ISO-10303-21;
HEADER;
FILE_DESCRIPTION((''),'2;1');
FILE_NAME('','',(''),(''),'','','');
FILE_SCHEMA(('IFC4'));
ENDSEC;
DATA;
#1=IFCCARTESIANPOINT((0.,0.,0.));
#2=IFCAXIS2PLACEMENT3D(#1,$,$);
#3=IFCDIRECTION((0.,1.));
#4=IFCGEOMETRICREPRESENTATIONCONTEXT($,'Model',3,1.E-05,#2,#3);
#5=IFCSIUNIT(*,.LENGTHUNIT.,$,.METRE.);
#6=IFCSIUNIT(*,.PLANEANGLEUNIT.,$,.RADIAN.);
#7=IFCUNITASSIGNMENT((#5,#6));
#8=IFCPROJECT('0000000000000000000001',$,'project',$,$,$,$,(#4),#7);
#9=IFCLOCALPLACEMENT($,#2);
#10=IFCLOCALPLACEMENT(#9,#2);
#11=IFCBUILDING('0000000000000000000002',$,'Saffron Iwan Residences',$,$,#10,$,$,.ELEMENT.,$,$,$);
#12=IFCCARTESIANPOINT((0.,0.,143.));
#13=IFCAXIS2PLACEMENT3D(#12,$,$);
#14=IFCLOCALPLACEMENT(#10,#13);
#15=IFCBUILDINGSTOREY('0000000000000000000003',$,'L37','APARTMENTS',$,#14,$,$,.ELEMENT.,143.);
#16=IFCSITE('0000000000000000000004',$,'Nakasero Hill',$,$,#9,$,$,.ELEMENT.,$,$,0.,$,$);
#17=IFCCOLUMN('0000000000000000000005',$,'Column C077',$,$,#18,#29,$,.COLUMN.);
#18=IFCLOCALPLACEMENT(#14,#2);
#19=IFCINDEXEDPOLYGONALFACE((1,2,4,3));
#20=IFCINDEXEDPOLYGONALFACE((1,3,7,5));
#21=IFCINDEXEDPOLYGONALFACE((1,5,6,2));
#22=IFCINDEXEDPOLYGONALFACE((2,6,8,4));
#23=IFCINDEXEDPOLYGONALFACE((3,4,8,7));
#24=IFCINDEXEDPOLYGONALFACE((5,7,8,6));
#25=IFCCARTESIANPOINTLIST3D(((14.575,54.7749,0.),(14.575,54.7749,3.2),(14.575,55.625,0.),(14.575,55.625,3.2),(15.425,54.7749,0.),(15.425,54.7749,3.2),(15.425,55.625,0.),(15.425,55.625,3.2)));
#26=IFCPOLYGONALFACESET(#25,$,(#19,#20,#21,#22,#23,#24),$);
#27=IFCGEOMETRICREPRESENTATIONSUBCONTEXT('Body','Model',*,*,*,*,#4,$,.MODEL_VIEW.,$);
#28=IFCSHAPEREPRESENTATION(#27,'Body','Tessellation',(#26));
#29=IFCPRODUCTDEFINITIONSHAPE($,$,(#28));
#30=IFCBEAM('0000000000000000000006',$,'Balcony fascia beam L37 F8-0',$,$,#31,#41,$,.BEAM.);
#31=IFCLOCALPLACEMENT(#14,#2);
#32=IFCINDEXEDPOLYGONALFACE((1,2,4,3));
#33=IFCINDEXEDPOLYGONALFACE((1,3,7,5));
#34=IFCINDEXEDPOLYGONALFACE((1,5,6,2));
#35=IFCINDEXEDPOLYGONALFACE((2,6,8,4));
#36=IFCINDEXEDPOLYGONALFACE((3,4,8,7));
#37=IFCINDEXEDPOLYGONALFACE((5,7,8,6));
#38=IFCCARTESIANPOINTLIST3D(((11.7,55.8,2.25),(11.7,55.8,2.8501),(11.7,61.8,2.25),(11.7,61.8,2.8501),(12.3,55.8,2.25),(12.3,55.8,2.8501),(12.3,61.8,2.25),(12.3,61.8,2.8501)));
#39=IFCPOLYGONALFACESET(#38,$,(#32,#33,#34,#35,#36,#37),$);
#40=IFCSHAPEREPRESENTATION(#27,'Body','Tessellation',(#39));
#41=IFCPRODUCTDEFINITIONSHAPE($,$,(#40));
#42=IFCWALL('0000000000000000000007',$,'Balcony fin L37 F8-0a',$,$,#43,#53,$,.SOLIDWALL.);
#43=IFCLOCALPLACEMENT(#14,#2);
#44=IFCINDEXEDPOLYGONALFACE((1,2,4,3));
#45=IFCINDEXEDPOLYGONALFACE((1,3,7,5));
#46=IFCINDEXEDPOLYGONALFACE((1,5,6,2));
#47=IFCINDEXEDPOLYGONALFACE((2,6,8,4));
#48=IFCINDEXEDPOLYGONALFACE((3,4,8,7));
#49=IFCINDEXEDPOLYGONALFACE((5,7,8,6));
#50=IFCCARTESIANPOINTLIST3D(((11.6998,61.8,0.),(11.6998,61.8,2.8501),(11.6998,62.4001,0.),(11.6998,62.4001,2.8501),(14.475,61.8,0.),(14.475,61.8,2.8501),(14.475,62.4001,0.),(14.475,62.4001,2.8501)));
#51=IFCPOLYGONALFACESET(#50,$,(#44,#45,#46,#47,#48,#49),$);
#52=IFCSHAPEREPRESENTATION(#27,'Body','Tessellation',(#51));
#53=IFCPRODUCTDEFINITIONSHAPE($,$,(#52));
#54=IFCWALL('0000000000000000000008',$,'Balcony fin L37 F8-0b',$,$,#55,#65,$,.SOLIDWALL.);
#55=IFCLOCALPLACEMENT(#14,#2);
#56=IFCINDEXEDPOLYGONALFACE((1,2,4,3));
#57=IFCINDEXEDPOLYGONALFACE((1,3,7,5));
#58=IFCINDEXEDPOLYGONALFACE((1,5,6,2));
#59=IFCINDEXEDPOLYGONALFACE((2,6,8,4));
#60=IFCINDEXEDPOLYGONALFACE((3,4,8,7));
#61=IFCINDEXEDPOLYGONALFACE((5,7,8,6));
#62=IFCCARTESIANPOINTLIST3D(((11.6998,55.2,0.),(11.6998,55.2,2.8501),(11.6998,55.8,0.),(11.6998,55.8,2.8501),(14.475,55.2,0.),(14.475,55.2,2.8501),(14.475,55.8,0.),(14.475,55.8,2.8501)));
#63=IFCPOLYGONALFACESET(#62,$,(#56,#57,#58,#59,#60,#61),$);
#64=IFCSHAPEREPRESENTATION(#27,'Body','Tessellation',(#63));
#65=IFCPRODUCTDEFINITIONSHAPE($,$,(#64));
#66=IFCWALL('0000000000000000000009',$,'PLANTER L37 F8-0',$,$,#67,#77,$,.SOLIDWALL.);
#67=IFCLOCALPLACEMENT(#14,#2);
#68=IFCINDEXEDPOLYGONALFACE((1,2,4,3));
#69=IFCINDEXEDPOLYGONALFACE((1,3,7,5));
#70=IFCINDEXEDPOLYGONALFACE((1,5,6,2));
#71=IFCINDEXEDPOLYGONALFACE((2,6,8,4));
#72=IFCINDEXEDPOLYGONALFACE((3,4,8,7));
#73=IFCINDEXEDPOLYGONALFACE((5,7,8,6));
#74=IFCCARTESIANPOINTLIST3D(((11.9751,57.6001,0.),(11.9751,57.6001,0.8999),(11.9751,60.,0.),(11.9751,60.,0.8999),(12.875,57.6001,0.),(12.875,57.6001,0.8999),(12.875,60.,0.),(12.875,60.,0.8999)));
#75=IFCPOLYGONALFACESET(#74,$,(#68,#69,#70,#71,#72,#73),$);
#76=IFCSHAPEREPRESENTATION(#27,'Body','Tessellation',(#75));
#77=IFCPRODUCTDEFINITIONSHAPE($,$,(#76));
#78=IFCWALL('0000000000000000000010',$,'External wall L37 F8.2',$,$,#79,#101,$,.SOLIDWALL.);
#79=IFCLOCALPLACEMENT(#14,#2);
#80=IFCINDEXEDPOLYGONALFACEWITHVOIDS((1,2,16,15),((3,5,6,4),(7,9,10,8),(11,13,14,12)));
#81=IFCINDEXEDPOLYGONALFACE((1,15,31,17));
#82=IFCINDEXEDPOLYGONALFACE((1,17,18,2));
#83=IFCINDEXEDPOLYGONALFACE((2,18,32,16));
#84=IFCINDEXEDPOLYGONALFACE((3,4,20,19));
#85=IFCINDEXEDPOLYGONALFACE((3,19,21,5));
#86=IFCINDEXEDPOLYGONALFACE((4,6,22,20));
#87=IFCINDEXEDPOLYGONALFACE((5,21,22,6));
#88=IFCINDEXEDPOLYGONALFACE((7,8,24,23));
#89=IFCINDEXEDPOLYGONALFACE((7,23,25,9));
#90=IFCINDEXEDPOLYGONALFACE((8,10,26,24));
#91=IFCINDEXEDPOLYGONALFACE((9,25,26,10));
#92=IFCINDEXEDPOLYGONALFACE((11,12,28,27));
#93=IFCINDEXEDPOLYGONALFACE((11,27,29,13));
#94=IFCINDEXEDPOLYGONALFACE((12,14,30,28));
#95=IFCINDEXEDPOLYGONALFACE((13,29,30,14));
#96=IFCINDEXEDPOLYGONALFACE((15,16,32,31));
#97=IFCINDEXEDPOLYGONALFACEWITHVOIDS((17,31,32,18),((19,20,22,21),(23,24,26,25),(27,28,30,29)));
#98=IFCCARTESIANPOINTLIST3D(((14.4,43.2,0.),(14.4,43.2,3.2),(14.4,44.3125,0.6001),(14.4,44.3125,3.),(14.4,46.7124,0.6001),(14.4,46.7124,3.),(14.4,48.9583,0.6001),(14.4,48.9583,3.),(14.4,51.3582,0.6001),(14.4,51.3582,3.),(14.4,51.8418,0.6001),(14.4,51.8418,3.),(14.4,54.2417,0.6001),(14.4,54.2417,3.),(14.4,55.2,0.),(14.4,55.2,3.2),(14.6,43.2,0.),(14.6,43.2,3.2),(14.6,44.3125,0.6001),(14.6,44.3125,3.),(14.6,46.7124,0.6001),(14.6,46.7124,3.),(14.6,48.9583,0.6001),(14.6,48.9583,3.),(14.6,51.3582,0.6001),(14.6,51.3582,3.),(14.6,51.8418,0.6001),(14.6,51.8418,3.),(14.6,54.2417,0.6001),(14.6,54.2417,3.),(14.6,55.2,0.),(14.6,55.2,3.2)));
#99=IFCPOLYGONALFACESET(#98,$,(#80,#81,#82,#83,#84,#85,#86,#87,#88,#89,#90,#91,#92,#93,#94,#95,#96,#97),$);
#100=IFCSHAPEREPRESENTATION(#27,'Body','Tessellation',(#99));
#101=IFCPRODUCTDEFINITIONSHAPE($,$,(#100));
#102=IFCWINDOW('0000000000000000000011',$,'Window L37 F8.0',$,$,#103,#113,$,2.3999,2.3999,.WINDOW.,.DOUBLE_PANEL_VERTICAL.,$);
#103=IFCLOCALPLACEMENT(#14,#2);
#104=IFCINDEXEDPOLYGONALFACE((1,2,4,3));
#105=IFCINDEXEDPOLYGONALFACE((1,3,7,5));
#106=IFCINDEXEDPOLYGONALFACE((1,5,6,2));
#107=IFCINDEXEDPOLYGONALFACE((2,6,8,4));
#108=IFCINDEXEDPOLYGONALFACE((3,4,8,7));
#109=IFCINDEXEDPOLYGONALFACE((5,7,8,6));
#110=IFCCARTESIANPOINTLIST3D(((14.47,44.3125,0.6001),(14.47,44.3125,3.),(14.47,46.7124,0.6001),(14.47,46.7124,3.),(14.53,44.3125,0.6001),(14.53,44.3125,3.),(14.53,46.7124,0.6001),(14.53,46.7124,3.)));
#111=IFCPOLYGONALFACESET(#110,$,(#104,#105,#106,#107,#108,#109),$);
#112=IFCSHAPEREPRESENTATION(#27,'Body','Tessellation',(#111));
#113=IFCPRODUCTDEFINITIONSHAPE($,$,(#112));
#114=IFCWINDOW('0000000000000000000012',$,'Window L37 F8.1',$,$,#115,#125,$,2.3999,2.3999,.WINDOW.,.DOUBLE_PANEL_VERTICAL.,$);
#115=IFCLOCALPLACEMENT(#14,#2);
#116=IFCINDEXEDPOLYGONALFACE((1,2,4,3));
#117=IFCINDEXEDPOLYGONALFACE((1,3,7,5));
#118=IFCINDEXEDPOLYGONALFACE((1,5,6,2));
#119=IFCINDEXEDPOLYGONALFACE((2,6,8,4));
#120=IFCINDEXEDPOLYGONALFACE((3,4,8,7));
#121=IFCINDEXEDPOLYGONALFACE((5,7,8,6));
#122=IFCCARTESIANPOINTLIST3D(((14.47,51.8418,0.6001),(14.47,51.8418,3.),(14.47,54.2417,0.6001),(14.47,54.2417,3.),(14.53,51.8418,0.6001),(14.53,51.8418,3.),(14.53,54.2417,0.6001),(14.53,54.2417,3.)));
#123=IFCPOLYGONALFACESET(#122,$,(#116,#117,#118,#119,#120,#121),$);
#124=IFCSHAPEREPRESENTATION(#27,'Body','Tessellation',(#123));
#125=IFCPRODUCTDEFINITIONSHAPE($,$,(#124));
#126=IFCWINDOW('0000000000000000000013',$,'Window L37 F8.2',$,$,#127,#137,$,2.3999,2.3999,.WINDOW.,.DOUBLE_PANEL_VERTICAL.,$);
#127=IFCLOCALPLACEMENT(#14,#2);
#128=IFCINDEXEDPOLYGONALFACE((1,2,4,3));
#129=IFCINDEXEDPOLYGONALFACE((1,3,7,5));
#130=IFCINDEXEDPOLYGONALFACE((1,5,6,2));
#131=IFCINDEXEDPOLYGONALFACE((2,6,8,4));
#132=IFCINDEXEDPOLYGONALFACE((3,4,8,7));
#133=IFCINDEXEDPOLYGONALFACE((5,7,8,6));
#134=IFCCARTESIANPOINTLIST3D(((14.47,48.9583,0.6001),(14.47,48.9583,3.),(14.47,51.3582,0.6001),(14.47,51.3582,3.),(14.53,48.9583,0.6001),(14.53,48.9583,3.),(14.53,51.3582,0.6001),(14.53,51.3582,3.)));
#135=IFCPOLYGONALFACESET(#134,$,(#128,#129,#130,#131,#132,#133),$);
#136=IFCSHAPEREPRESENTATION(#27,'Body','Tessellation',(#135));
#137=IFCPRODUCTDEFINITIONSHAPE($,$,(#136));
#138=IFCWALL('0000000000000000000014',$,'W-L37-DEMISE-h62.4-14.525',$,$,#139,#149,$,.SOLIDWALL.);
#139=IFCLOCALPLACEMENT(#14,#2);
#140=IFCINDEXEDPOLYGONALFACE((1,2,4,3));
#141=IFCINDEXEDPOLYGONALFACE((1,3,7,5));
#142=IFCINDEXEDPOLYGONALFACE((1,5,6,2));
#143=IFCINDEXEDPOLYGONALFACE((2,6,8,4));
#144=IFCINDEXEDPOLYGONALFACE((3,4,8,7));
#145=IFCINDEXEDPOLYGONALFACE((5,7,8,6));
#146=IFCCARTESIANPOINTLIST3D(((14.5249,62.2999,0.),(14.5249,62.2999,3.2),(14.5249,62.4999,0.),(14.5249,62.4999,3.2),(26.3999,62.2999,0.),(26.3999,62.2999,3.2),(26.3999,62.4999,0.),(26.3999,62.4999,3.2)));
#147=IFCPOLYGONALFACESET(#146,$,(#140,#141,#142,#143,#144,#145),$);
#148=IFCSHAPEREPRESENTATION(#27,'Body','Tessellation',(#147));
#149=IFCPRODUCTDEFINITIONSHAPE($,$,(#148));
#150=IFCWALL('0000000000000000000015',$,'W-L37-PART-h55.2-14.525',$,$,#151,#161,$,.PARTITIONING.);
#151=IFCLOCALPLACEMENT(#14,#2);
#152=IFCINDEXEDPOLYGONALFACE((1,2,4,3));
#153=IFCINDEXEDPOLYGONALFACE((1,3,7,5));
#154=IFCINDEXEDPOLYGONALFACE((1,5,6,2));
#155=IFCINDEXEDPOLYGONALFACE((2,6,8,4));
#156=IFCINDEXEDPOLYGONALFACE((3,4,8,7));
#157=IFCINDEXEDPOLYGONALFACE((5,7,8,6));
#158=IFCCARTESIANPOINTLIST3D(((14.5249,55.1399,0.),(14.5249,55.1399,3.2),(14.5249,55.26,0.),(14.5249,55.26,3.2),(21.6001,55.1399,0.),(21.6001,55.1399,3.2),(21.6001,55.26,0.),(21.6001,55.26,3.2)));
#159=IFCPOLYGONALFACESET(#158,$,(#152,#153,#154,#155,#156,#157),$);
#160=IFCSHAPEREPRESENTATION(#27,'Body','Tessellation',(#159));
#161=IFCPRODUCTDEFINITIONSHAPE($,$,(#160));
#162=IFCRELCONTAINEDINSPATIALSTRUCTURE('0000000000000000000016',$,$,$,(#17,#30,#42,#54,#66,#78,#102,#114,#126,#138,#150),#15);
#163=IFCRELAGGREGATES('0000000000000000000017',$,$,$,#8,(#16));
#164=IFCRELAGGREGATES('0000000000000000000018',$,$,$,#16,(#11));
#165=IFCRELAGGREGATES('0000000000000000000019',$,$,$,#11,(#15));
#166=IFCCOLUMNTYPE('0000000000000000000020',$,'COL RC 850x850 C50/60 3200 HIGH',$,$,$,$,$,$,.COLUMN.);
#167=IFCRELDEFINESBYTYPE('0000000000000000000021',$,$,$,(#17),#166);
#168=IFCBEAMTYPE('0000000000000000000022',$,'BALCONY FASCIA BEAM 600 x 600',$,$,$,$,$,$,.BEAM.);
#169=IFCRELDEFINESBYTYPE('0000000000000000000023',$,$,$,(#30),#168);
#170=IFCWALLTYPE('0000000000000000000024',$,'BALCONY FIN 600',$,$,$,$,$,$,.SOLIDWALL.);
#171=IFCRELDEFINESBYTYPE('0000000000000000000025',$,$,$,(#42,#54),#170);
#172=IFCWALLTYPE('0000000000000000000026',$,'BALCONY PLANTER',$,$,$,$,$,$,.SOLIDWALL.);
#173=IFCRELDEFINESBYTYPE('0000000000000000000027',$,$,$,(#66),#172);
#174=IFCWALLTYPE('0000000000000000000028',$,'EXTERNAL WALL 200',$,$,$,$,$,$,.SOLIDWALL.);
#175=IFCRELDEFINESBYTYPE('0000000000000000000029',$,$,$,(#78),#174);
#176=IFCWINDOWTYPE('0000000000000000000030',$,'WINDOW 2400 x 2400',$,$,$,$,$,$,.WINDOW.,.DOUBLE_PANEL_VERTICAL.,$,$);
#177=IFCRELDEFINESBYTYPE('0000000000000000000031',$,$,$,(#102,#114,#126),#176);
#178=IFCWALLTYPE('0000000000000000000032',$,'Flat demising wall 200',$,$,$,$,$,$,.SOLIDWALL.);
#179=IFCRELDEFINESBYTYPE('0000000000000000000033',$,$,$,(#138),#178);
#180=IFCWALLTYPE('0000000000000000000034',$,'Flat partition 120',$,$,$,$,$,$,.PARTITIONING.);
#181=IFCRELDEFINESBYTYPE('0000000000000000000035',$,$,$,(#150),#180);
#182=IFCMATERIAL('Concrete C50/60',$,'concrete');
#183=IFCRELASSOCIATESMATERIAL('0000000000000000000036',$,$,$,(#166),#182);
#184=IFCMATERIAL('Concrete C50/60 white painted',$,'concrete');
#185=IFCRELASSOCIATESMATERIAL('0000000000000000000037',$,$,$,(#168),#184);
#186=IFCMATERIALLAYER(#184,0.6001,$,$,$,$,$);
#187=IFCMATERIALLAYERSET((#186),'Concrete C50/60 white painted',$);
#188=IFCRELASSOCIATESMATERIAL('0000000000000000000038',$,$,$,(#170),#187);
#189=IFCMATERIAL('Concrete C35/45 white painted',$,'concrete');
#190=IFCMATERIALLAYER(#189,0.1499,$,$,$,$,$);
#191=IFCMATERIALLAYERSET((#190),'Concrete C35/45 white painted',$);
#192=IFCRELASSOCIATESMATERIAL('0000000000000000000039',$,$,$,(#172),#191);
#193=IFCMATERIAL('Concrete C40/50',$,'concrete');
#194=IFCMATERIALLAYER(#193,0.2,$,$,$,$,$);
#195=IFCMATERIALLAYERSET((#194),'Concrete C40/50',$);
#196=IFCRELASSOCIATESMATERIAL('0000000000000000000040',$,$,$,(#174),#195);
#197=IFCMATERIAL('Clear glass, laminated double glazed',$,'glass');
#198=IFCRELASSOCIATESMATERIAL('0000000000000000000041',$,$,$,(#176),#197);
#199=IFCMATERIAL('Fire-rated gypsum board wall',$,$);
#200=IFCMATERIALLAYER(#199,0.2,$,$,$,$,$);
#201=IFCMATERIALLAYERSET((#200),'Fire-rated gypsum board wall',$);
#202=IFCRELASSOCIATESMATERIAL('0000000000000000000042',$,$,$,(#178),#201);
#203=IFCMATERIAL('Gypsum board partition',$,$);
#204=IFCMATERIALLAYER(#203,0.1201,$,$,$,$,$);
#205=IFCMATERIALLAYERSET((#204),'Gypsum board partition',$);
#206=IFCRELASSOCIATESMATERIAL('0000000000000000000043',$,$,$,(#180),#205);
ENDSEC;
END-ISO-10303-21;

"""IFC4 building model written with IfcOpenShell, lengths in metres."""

from ifc_helpers import new_model, si_unit, direction, frame, frame_2d, origin, origin_2d, place, context, subcontext, project, spatial, rectangle, extrude, source, transform, mapped, material, layer, layer_set, material_profile, profile_set, type_object, element, fill, save


model = new_model("IFC4")

# Units and contexts
model_context = context("Model", 3, precision=1e-05, world=origin(), true_north=direction((0.0, 1.0)))
body_context = subcontext(model_context, "Body", "Model", "MODEL_VIEW")
ifc_project = project(units=[si_unit("LENGTHUNIT", "METRE"), si_unit("PLANEANGLEUNIT", "RADIAN")], contexts=[model_context])

# Site, building, storey
site_placement = place(None, origin())
site = spatial("IfcSite", under=ifc_project, at=site_placement, Name="Nakasero Hill", CompositionType="ELEMENT", RefElevation=0.0)
building_placement = place(site_placement, origin())
building = spatial("IfcBuilding", under=site, at=building_placement, Name="Saffron Iwan Residences", CompositionType="ELEMENT")
storey_placement = place(building_placement, frame((0.0, 0.0, 143.0)))
storey = spatial("IfcBuildingStorey", under=building, at=storey_placement, Name="L37", Description="APARTMENTS", CompositionType="ELEMENT", Elevation=143.0)

# Column
ifc_material_1 = material(Name="Concrete C50/60", Category="concrete")
ifc_material_profile_1 = material_profile(ifc_material_1, rectangle(XDim=0.8501, YDim=0.8501, at=origin_2d()), Name="RC 850x850")
ifc_profile_set_1 = profile_set([ifc_material_profile_1], Name="Concrete C50/60")
column_type = type_object("IfcColumnType", Name="COL RC 850x850 C50/60 3200 HIGH", PredefinedType="COLUMN", material=ifc_profile_set_1)
shared_shape_1 = source(origin(), body_context, "Body", "SweptSolid", [
    extrude(rectangle(XDim=0.8501, YDim=0.8501, at=origin_2d()), origin(), (0.0, 0.0, 1.0), 3.2),
])
column_placement = place(storey_placement, frame((15.0, 55.2, 0.0), z_axis=(0.0, 0.0, 1.0), x_axis=(1.0, 0.0, 0.0)))
element("IfcColumn", 1, at=column_placement, inside=storey, type_object=column_type, Name="Column C077", PredefinedType="COLUMN", context=body_context, shape_type="MappedRepresentation", body=[
    mapped(shared_shape_1, transform((0.0, 0.0, 0.0))),
])

# Beam
ifc_material_2 = material(Name="Concrete C50/60 white painted", Category="concrete")
ifc_material_profile_2 = material_profile(ifc_material_2, rectangle(XDim=0.6001, YDim=0.6001, at=origin_2d()), Name="BALCONY FASCIA BEAM 600 x 600")
ifc_profile_set_2 = profile_set([ifc_material_profile_2], Name="Concrete C50/60 white painted")
beam_type = type_object("IfcBeamType", Name="BALCONY FASCIA BEAM 600 x 600", PredefinedType="BEAM", material=ifc_profile_set_2)
shared_shape_2 = source(origin(), body_context, "Body", "SweptSolid", [
    extrude(rectangle(XDim=0.6001, YDim=0.6001, at=origin_2d()), origin(), (0.0, 0.0, 1.0), 6.0),
])
beam_placement = place(storey_placement, frame((12.0, 61.8, 2.55), z_axis=(0.0, -1.0, 0.0), x_axis=(1.0, 0.0, 0.0)))
element("IfcBeam", 2, at=beam_placement, inside=storey, type_object=beam_type, Name="Balcony fascia beam L37 F8-0", PredefinedType="BEAM", context=body_context, shape_type="MappedRepresentation", body=[
    mapped(shared_shape_2, transform((0.0, 0.0, 0.0))),
])

# Walls
ifc_layer_1 = layer(ifc_material_2, 0.6001)
ifc_layer_set_1 = layer_set([ifc_layer_1], Name="Concrete C50/60 white painted")
wall_type_1 = type_object("IfcWallType", Name="BALCONY FIN 600", PredefinedType="SOLIDWALL", material=ifc_layer_set_1)
for number, where, z_axis, x_axis, name in (
    (3, (14.4751, 62.1001, 0.0), (0.0, 0.0, 1.0), (-1.0, 0.0, 0.0), "Balcony fin L37 F8-0a"),
    (4, (14.4751, 55.5, 0.0), (0.0, 0.0, 1.0), (-1.0, 0.0, 0.0), "Balcony fin L37 F8-0b"),
):
    element("IfcWall", number, at=place(storey_placement, frame(where, z_axis=z_axis, x_axis=x_axis)), inside=storey, type_object=wall_type_1, Name=name, PredefinedType="SOLIDWALL", context=body_context, shape_type="SweptSolid", body=[
        extrude(rectangle(XDim=2.7751, YDim=0.6001, at=frame_2d((1.3877, 0.0))), origin(), (0.0, 0.0, 1.0), 2.8501),
    ])
ifc_material_3 = material(Name="Concrete C35/45 white painted", Category="concrete")
ifc_layer_2 = layer(ifc_material_3, 0.1499)
ifc_layer_set_2 = layer_set([ifc_layer_2], Name="Concrete C35/45 white painted")
wall_type_2 = type_object("IfcWallType", Name="BALCONY PLANTER", PredefinedType="SOLIDWALL", material=ifc_layer_set_2)
wall_1_placement = place(storey_placement, frame((12.425, 60.0, 0.0), z_axis=(0.0, 0.0, 1.0), x_axis=(0.0, -1.0, 0.0)))
element("IfcWall", 5, at=wall_1_placement, inside=storey, type_object=wall_type_2, Name="PLANTER L37 F8-0", PredefinedType="SOLIDWALL", context=body_context, shape_type="SweptSolid", body=[
    extrude(rectangle(XDim=2.3999, YDim=0.8999, at=frame_2d((1.2, 0.0))), origin(), (0.0, 0.0, 1.0), 0.8999),
])

# Shared definitions
ifc_material_4 = material(Name="Concrete C40/50", Category="concrete")
ifc_layer_3 = layer(ifc_material_4, 0.2)
ifc_layer_set_3 = layer_set([ifc_layer_3], Name="Concrete C40/50")
wall_type_3 = type_object("IfcWallType", Name="EXTERNAL WALL 200", PredefinedType="SOLIDWALL", material=ifc_layer_set_3)
ifc_material_5 = material(Name="Clear glass, laminated double glazed", Category="glass")

# Wall, openings, windows
wall_2_placement = place(storey_placement, frame((14.5, 55.2, 0.0), z_axis=(0.0, 0.0, 1.0), x_axis=(0.0, -1.0, 0.0)))
wall_2 = element("IfcWall", 6, at=wall_2_placement, inside=storey, type_object=wall_type_3, Name="External wall L37 F8.2", PredefinedType="SOLIDWALL", context=body_context, shape_type="SweptSolid", body=[
    extrude(rectangle(XDim=12.0, YDim=0.2, at=frame_2d((6.0, 0.0))), origin(), (0.0, 0.0, 1.0), 3.2),
])
opening_1_placement = place(wall_2_placement, frame((8.4875, 0.0, 0.6001)))
opening_1 = element("IfcOpeningElement", 7, at=opening_1_placement, cuts=wall_2, PredefinedType="OPENING", context=body_context, shape_type="SweptSolid", body=[
    extrude(rectangle(XDim=2.3999, YDim=2.3999, at=frame_2d((1.2, 1.2))), frame((0.0, 0.1099, 0.0), z_axis=(0.0, -1.0, 0.0), x_axis=(1.0, 0.0, 0.0)), (0.0, 0.0, 1.0), 0.22),
])
opening_2_placement = place(wall_2_placement, frame((0.9583, 0.0, 0.6001)))
opening_2 = element("IfcOpeningElement", 8, at=opening_2_placement, cuts=wall_2, PredefinedType="OPENING", context=body_context, shape_type="SweptSolid", body=[
    extrude(rectangle(XDim=2.3999, YDim=2.3999, at=frame_2d((1.2, 1.2))), frame((0.0, 0.1099, 0.0), z_axis=(0.0, -1.0, 0.0), x_axis=(1.0, 0.0, 0.0)), (0.0, 0.0, 1.0), 0.22),
])
opening_3_placement = place(wall_2_placement, frame((3.8418, 0.0, 0.6001)))
opening_3 = element("IfcOpeningElement", 9, at=opening_3_placement, cuts=wall_2, PredefinedType="OPENING", context=body_context, shape_type="SweptSolid", body=[
    extrude(rectangle(XDim=2.3999, YDim=2.3999, at=frame_2d((1.2, 1.2))), frame((0.0, 0.1099, 0.0), z_axis=(0.0, -1.0, 0.0), x_axis=(1.0, 0.0, 0.0)), (0.0, 0.0, 1.0), 0.22),
])
window_type_1 = type_object("IfcWindowType", Name="WINDOW 2400 x 2400", PartitioningType="DOUBLE_PANEL_VERTICAL", PredefinedType="WINDOW", material=ifc_material_5)
window_1_placement = place(opening_1_placement, origin())
window_1 = element("IfcWindow", 10, at=window_1_placement, inside=storey, type_object=window_type_1, Name="Window L37 F8.0", OverallHeight=2.3999, OverallWidth=2.3999, PartitioningType="DOUBLE_PANEL_VERTICAL", PredefinedType="WINDOW", context=body_context, shape_type="SweptSolid", body=[
    extrude(rectangle(XDim=2.3999, YDim=2.3999, at=frame_2d((1.2, 1.2))), frame((0.0, 0.03, 0.0), z_axis=(0.0, -1.0, 0.0), x_axis=(1.0, 0.0, 0.0)), (0.0, 0.0, 1.0), 0.0601),
])
fill(opening_1, window_1)
window_2_placement = place(opening_2_placement, origin())
window_2 = element("IfcWindow", 11, at=window_2_placement, inside=storey, type_object=window_type_1, Name="Window L37 F8.1", OverallHeight=2.3999, OverallWidth=2.3999, PartitioningType="DOUBLE_PANEL_VERTICAL", PredefinedType="WINDOW", context=body_context, shape_type="SweptSolid", body=[
    extrude(rectangle(XDim=2.3999, YDim=2.3999, at=frame_2d((1.2, 1.2))), frame((0.0, 0.03, 0.0), z_axis=(0.0, -1.0, 0.0), x_axis=(1.0, 0.0, 0.0)), (0.0, 0.0, 1.0), 0.0601),
])
fill(opening_2, window_2)
window_3_placement = place(opening_3_placement, origin())
window_3 = element("IfcWindow", 12, at=window_3_placement, inside=storey, type_object=window_type_1, Name="Window L37 F8.2", OverallHeight=2.3999, OverallWidth=2.3999, PartitioningType="DOUBLE_PANEL_VERTICAL", PredefinedType="WINDOW", context=body_context, shape_type="SweptSolid", body=[
    extrude(rectangle(XDim=2.3999, YDim=2.3999, at=frame_2d((1.2, 1.2))), frame((0.0, 0.03, 0.0), z_axis=(0.0, -1.0, 0.0), x_axis=(1.0, 0.0, 0.0)), (0.0, 0.0, 1.0), 0.0601),
])
fill(opening_3, window_3)

# Walls
ifc_material_6 = material(Name="Fire-rated gypsum board wall")
ifc_layer_4 = layer(ifc_material_6, 0.2)
ifc_layer_set_4 = layer_set([ifc_layer_4], Name="Fire-rated gypsum board wall")
wall_type_4 = type_object("IfcWallType", Name="Flat demising wall 200", PredefinedType="SOLIDWALL", material=ifc_layer_set_4)
wall_3_placement = place(storey_placement, frame((14.5249, 62.3999, 0.0), z_axis=(0.0, 0.0, 1.0), x_axis=(1.0, 0.0, 0.0)))
element("IfcWall", 13, at=wall_3_placement, inside=storey, type_object=wall_type_4, Name="W-L37-DEMISE-h62.4-14.525", PredefinedType="SOLIDWALL", context=body_context, shape_type="SweptSolid", body=[
    extrude(rectangle(XDim=11.875, YDim=0.2, at=frame_2d((5.9375, 0.0))), origin(), (0.0, 0.0, 1.0), 3.2),
])
ifc_material_7 = material(Name="Gypsum board partition")
ifc_layer_5 = layer(ifc_material_7, 0.1201)
ifc_layer_set_5 = layer_set([ifc_layer_5], Name="Gypsum board partition")
wall_type_5 = type_object("IfcWallType", Name="Flat partition 120", PredefinedType="PARTITIONING", material=ifc_layer_set_5)
wall_4_placement = place(storey_placement, frame((14.5249, 55.2, 0.0), z_axis=(0.0, 0.0, 1.0), x_axis=(1.0, 0.0, 0.0)))
element("IfcWall", 14, at=wall_4_placement, inside=storey, type_object=wall_type_5, Name="W-L37-PART-h55.2-14.525", PredefinedType="PARTITIONING", context=body_context, shape_type="SweptSolid", body=[
    extrude(rectangle(XDim=7.0752, YDim=0.1201, at=frame_2d((3.5376, 0.0))), origin(), (0.0, 0.0, 1.0), 3.2),
])

save(model, "model.ifc")
